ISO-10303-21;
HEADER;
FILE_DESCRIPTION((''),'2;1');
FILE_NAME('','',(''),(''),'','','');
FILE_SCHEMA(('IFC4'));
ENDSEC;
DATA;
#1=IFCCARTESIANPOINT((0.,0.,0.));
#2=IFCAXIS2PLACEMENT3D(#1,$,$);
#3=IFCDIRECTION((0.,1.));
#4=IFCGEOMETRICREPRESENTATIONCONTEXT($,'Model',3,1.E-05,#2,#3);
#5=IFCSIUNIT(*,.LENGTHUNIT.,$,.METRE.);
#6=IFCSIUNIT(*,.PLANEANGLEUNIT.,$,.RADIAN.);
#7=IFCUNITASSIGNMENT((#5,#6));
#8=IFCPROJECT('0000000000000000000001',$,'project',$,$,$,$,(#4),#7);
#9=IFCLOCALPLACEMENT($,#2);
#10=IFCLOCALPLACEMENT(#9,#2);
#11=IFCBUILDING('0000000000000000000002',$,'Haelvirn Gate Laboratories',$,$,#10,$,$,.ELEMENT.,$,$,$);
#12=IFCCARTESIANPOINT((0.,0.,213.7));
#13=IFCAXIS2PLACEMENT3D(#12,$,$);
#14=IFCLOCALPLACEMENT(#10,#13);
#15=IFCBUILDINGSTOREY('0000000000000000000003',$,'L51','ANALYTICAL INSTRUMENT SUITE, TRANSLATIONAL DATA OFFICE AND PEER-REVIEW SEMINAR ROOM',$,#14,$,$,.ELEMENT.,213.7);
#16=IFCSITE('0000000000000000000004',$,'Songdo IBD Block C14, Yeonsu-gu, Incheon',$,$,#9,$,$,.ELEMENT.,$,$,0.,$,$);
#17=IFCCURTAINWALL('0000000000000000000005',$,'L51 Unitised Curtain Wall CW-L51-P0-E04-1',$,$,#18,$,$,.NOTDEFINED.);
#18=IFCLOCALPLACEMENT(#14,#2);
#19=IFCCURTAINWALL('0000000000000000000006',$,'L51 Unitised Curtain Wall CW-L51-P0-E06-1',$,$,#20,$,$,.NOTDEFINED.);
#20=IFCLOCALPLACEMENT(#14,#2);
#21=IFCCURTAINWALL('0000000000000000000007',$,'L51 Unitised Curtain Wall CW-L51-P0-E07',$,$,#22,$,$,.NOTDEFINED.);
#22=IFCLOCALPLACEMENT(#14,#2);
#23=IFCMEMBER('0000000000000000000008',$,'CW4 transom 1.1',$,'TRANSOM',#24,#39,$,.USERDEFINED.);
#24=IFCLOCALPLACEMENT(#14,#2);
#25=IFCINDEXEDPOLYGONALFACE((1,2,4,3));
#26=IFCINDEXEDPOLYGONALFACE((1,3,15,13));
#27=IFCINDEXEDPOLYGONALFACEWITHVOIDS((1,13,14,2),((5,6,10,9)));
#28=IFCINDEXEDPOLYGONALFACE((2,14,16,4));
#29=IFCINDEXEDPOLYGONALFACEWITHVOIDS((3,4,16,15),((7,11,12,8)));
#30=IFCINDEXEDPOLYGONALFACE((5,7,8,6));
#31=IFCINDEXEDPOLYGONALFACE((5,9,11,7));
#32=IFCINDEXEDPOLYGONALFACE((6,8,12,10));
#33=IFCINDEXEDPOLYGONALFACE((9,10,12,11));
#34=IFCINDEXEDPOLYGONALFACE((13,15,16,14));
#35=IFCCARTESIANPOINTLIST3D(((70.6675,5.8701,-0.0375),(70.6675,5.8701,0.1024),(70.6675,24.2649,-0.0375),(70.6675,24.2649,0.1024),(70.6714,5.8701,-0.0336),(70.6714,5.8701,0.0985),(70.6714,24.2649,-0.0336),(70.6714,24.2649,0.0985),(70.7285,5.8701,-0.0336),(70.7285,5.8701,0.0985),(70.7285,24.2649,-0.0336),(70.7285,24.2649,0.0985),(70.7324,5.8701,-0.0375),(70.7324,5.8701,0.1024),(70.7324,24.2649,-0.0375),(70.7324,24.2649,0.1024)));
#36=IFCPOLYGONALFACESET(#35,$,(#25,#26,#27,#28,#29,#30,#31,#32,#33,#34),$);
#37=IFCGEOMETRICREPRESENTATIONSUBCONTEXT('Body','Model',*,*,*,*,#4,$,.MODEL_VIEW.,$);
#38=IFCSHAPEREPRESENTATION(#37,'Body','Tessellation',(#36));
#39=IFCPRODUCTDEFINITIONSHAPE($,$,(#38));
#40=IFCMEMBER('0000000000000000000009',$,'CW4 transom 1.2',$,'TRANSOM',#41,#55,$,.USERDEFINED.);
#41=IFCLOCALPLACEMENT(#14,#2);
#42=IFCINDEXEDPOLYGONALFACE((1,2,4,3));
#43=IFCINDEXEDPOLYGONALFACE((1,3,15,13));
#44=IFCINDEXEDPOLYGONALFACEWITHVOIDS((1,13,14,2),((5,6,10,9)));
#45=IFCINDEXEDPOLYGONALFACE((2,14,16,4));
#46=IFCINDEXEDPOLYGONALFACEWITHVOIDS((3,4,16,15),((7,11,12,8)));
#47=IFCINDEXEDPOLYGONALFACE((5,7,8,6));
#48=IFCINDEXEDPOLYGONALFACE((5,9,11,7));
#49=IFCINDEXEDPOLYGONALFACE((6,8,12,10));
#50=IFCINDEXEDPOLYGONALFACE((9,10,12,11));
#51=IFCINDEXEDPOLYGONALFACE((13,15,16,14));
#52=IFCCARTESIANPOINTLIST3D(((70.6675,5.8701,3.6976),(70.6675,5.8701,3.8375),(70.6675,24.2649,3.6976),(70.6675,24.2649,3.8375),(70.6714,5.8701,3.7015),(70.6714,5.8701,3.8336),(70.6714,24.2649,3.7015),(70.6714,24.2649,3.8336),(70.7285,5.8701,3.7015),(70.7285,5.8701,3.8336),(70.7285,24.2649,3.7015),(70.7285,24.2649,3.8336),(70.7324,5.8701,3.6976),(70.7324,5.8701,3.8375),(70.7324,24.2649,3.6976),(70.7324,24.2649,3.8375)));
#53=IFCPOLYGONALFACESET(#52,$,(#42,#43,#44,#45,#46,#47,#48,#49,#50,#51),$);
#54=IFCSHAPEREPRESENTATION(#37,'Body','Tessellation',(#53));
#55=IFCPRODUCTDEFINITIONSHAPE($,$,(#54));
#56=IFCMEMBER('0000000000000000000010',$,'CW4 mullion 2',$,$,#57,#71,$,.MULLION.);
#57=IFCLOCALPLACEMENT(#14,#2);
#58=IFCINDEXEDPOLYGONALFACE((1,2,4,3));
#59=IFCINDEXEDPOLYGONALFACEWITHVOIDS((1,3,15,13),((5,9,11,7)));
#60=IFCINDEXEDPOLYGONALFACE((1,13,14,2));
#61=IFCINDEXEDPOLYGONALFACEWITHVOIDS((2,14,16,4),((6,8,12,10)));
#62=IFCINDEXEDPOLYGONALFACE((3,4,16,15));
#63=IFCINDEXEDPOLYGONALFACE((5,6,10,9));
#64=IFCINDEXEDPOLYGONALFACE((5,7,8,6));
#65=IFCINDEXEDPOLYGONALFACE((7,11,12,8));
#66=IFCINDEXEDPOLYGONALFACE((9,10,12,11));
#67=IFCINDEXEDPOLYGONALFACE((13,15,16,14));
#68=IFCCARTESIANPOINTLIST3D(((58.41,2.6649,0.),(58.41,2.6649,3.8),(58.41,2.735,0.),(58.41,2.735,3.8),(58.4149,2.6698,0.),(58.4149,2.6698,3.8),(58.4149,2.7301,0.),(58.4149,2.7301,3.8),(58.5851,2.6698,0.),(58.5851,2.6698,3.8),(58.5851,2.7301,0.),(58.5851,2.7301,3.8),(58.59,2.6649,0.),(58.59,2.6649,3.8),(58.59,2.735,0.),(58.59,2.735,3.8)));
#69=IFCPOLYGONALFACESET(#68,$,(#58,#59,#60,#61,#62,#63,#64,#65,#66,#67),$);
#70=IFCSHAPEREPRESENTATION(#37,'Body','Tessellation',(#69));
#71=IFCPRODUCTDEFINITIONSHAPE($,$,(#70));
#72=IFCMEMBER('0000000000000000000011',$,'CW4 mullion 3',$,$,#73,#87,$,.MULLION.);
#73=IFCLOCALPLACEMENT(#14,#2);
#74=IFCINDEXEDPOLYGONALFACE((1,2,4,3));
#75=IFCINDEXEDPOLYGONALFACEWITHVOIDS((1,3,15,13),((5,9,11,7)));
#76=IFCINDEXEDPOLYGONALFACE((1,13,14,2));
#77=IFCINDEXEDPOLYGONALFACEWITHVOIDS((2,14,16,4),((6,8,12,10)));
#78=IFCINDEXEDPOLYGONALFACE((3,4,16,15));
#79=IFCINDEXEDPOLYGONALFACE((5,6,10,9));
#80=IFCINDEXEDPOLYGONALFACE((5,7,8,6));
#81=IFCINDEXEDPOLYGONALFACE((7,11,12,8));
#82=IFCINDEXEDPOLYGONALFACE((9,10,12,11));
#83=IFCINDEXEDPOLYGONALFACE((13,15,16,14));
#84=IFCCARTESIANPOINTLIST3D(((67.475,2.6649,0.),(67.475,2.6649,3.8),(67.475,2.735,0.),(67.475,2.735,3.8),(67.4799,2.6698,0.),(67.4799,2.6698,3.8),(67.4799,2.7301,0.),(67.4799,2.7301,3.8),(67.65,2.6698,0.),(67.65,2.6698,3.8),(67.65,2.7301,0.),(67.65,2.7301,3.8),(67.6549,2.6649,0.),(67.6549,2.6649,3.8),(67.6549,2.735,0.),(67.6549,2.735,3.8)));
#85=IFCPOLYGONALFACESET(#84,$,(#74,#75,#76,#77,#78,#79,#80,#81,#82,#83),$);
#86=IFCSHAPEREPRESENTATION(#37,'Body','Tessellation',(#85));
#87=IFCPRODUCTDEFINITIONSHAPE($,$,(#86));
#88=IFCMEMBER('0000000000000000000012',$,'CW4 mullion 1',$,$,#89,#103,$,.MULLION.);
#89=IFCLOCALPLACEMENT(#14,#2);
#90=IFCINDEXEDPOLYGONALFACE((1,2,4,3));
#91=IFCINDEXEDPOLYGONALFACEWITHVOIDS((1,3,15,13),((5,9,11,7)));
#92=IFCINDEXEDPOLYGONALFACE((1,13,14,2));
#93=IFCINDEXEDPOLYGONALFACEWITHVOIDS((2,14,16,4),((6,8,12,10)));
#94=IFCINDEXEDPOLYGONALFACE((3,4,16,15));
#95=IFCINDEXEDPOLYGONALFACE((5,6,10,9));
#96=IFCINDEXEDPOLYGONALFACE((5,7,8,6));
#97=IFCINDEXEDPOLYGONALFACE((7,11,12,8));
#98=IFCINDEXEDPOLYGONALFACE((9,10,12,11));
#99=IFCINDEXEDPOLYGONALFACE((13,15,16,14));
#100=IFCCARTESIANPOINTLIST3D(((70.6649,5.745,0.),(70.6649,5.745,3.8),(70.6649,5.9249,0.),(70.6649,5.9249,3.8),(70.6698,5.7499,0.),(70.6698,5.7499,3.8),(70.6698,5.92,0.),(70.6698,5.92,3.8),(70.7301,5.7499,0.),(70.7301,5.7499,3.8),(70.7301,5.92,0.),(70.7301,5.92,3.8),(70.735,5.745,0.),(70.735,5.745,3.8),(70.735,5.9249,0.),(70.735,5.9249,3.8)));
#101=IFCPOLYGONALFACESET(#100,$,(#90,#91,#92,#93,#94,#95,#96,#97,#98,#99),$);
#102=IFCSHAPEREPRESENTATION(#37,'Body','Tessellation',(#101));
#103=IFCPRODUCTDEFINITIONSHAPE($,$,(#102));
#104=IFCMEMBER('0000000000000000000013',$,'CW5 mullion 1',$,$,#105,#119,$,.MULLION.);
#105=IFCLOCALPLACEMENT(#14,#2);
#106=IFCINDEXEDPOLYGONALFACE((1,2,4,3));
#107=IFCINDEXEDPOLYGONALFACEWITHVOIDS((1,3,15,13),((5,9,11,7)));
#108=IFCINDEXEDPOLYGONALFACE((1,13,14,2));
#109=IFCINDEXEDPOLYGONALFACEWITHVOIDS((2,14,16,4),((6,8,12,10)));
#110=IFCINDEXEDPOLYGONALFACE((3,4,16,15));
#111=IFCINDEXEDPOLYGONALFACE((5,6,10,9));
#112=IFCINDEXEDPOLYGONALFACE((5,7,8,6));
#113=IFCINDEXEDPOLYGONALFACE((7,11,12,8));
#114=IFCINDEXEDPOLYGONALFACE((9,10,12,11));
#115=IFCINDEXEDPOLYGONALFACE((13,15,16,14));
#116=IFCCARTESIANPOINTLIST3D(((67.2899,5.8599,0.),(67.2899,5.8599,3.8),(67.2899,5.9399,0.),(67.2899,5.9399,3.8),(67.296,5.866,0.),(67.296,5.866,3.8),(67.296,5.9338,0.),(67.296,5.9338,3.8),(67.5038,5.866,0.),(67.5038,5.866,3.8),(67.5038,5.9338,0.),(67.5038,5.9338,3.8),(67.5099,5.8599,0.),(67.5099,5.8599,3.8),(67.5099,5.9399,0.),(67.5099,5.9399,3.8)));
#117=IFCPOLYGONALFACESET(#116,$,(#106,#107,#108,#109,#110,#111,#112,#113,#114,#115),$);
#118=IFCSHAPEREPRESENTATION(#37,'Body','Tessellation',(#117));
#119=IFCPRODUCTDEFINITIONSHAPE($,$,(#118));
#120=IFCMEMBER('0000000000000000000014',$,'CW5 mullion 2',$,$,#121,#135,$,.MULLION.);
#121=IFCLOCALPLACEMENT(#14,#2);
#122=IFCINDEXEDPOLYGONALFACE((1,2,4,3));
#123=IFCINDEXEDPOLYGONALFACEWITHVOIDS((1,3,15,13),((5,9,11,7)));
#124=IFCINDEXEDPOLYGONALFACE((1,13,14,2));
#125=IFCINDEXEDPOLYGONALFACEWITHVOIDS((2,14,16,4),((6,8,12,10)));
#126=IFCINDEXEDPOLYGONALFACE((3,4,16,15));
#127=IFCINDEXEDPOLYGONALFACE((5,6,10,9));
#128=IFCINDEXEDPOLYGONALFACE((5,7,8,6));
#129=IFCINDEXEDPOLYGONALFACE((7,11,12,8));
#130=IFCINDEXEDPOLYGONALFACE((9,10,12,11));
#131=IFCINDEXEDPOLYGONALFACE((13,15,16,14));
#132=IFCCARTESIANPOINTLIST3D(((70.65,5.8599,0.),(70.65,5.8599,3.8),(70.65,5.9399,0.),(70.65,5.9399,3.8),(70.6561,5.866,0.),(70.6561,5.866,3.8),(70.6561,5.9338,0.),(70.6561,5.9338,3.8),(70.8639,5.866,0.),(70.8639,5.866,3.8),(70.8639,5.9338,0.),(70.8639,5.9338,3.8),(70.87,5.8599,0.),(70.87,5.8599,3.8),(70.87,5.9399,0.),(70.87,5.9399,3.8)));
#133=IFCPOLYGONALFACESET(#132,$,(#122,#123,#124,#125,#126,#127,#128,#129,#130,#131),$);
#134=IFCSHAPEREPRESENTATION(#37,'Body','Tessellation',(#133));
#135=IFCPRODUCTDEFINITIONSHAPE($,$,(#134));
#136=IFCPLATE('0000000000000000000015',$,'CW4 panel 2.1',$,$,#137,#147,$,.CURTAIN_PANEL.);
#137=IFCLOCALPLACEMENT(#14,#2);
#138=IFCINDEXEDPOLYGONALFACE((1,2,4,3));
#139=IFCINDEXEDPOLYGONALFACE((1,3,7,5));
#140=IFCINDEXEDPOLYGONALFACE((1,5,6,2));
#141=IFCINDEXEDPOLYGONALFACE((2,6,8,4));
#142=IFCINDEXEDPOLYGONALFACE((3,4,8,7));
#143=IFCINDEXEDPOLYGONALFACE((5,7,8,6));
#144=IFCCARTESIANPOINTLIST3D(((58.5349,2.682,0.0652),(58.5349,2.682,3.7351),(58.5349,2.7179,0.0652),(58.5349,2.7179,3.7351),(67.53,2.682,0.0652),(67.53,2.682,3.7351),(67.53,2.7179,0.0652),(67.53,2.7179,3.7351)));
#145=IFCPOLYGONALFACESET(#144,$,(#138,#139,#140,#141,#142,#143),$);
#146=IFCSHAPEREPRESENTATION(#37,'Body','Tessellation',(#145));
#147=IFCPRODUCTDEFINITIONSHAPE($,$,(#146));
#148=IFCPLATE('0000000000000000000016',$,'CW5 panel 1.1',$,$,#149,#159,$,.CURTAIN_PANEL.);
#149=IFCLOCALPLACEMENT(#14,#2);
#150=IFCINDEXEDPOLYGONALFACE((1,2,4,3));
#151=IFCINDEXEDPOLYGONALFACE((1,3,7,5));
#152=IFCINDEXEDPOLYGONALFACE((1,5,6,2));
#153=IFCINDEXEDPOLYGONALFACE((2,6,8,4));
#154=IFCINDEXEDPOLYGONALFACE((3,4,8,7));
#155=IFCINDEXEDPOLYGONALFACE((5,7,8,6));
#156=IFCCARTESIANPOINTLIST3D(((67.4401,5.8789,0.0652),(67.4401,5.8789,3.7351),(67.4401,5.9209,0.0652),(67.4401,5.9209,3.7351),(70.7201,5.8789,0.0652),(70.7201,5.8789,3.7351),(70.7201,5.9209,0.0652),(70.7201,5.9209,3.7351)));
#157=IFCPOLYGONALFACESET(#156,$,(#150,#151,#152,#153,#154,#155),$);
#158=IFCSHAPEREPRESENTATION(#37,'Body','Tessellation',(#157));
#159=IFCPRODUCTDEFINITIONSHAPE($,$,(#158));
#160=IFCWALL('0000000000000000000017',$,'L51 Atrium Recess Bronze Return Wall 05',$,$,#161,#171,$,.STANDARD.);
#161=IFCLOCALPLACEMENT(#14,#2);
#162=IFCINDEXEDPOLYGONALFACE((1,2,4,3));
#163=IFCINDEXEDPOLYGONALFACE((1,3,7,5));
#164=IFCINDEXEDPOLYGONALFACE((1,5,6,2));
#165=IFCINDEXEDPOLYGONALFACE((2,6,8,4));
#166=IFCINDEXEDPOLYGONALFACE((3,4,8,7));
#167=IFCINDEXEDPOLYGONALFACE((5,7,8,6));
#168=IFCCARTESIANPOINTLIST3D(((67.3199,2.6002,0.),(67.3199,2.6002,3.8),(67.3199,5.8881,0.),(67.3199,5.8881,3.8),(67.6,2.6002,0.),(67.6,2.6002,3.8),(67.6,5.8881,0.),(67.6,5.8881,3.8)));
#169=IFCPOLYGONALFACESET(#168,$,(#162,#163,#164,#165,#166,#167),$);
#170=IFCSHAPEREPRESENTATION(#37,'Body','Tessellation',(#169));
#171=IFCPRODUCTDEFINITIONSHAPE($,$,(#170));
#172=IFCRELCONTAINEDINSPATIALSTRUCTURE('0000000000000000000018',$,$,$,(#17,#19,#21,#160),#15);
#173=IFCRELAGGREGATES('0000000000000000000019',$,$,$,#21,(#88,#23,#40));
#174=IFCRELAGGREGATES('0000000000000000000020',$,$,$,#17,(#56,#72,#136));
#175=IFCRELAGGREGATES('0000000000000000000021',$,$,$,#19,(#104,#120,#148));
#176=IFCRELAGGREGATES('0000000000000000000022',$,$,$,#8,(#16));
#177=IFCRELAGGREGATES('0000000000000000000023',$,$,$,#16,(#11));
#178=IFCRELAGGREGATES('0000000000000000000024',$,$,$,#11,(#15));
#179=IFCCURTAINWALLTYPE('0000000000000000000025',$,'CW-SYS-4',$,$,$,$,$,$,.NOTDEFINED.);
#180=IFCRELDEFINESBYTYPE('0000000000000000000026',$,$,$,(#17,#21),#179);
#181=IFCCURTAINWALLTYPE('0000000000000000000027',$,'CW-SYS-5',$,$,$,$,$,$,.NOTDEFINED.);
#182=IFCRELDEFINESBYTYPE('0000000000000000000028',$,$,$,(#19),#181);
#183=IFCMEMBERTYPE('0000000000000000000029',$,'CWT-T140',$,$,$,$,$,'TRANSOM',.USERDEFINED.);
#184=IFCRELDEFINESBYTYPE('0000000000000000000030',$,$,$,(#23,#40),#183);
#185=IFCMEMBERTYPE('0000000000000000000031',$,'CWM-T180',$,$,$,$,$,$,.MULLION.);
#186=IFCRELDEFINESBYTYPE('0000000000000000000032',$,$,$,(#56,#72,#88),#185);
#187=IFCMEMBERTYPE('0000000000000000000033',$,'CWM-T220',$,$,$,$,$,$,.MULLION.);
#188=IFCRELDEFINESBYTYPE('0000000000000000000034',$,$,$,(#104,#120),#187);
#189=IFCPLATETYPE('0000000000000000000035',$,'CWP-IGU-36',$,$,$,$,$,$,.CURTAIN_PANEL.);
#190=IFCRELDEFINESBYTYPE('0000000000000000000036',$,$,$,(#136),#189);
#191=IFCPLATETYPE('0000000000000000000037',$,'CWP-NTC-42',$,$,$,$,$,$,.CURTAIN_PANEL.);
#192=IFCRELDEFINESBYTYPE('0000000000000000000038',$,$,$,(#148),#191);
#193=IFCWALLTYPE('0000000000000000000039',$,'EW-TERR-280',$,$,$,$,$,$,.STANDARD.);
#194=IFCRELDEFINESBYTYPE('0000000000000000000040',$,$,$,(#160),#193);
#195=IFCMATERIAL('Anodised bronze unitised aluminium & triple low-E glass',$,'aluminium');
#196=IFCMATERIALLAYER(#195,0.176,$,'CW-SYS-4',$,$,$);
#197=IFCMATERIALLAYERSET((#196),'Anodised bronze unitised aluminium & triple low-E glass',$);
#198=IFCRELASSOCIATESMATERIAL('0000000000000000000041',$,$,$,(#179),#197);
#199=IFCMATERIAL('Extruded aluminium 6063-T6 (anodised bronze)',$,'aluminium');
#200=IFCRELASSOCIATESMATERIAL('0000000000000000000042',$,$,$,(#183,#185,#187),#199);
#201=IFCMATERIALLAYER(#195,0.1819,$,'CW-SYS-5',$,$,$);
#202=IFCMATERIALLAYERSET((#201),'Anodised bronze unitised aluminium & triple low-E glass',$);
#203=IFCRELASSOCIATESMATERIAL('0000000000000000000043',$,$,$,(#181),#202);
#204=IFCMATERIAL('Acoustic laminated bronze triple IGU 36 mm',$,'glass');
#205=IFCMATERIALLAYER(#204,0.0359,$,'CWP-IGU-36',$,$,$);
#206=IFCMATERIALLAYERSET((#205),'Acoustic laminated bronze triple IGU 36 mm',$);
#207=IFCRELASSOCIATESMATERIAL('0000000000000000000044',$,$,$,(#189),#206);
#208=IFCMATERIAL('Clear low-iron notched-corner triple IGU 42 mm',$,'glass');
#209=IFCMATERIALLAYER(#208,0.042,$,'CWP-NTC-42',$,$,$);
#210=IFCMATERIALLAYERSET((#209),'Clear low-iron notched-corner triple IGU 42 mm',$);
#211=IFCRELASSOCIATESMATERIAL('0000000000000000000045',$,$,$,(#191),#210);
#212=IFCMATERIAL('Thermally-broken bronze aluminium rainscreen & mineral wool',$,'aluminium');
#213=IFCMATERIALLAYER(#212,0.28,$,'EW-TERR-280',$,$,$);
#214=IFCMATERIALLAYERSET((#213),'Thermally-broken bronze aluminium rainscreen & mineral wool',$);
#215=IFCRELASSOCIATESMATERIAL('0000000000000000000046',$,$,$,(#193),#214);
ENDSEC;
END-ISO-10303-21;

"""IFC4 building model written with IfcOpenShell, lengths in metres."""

from ifc_helpers import new_model, si_unit, direction, frame, frame_2d, origin, origin_2d, place, context, subcontext, project, spatial, rectangle, hollow_rectangle, extrude, source, transform, mapped, material, layer, layer_set, material_profile, profile_set, type_object, type_shapes, element, aggregate, save


model = new_model("IFC4")

# Units and contexts
model_context = context("Model", 3, precision=1e-05, world=origin(), true_north=direction((0.0, 1.0)))
body_context = subcontext(model_context, "Body", "Model", "MODEL_VIEW")
ifc_project = project(units=[si_unit("LENGTHUNIT", "METRE"), si_unit("PLANEANGLEUNIT", "RADIAN")], contexts=[model_context])

# Site, building, storey
site_placement = place(None, origin())
site = spatial("IfcSite", under=ifc_project, at=site_placement, Name="Songdo IBD Block C14, Yeonsu-gu, Incheon", CompositionType="ELEMENT", RefElevation=0.0)
building_placement = place(site_placement, origin())
building = spatial("IfcBuilding", under=site, at=building_placement, Name="Haelvirn Gate Laboratories", CompositionType="ELEMENT")
storey_placement = place(building_placement, frame((0.0, 0.0, 213.7)))
storey = spatial("IfcBuildingStorey", under=building, at=storey_placement, Name="L51", Description="ANALYTICAL INSTRUMENT SUITE, TRANSLATIONAL DATA OFFICE AND PEER-REVIEW SEMINAR ROOM", CompositionType="ELEMENT", Elevation=213.7)

# Curtain walls, members
ifc_material_1 = material(Name="Anodised bronze unitised aluminium & triple low-E glass", Category="aluminium")
ifc_layer_1 = layer(ifc_material_1, 0.176, Name="CW-SYS-4")
ifc_layer_set_1 = layer_set([ifc_layer_1], Name="Anodised bronze unitised aluminium & triple low-E glass")
curtain_wall_type_1 = type_object("IfcCurtainWallType", Name="CW-SYS-4", PredefinedType="NOTDEFINED", material=ifc_layer_set_1)
curtain_wall_1_placement = place(storey_placement, origin())
curtain_wall_1 = element("IfcCurtainWall", 1, at=curtain_wall_1_placement, inside=storey, type_object=curtain_wall_type_1, Name="L51 Unitised Curtain Wall CW-L51-P0-E04-1", PredefinedType="NOTDEFINED")
ifc_material_2 = material(Name="Extruded aluminium 6063-T6 (anodised bronze)", Category="aluminium")
ifc_material_profile_1 = material_profile(ifc_material_2, hollow_rectangle(XDim=0.0649, YDim=0.1399, WallThickness=0.0039, at=origin_2d()), Name="CWT-140x65x4")
ifc_profile_set_1 = profile_set([ifc_material_profile_1], Name="Extruded aluminium 6063-T6 (anodised bronze)")
member_type_1 = type_object("IfcMemberType", Name="CWT-T140", ElementType="TRANSOM", PredefinedType="USERDEFINED", material=ifc_profile_set_1)
ifc_layer_2 = layer(ifc_material_1, 0.1819, Name="CW-SYS-5")
ifc_layer_set_2 = layer_set([ifc_layer_2], Name="Anodised bronze unitised aluminium & triple low-E glass")
curtain_wall_type_2 = type_object("IfcCurtainWallType", Name="CW-SYS-5", PredefinedType="NOTDEFINED", material=ifc_layer_set_2)
curtain_wall_2_placement = place(storey_placement, origin())
curtain_wall_2 = element("IfcCurtainWall", 2, at=curtain_wall_2_placement, inside=storey, type_object=curtain_wall_type_2, Name="L51 Unitised Curtain Wall CW-L51-P0-E06-1", PredefinedType="NOTDEFINED")
curtain_wall_3_placement = place(storey_placement, origin())
curtain_wall_3 = element("IfcCurtainWall", 3, at=curtain_wall_3_placement, inside=storey, type_object=curtain_wall_type_1, Name="L51 Unitised Curtain Wall CW-L51-P0-E07", PredefinedType="NOTDEFINED")
shared_shape_1 = source(origin(), body_context, "Body", "SweptSolid", [
    extrude(hollow_rectangle(XDim=0.0649, YDim=0.1399, WallThickness=0.0039, at=origin_2d()), origin(), (0.0, 0.0, 1.0), 18.3948),
])
member_1_placement = place(storey_placement, frame((70.7, 5.8701, 0.0325), z_axis=(0.0, 1.0, 0.0), x_axis=(-1.0, 0.0, 0.0)))
member_1 = element("IfcMember", 4, at=member_1_placement, type_object=member_type_1, Name="CW4 transom 1.1", ObjectType="TRANSOM", PredefinedType="USERDEFINED", context=body_context, shape_type="MappedRepresentation", body=[
    mapped(shared_shape_1, transform((0.0, 0.0, 0.0), scale=1.0)),
])
member_2_placement = place(storey_placement, frame((70.7, 5.8701, 3.7676), z_axis=(0.0, 1.0, 0.0), x_axis=(-1.0, 0.0, 0.0)))
member_2 = element("IfcMember", 5, at=member_2_placement, type_object=member_type_1, Name="CW4 transom 1.2", ObjectType="TRANSOM", PredefinedType="USERDEFINED", context=body_context, shape_type="MappedRepresentation", body=[
    mapped(shared_shape_1, transform((0.0, 0.0, 0.0), scale=1.0)),
])

# Members
ifc_material_profile_2 = material_profile(ifc_material_2, hollow_rectangle(XDim=0.0701, YDim=0.1799, WallThickness=0.0049, at=origin_2d()), Name="CWM-180x70x5")
ifc_profile_set_2 = profile_set([ifc_material_profile_2], Name="Extruded aluminium 6063-T6 (anodised bronze)")
member_type_2 = type_object("IfcMemberType", Name="CWM-T180", PredefinedType="MULLION", material=ifc_profile_set_2)
shared_shape_2 = source(origin(), body_context, "Body", "SweptSolid", [
    extrude(hollow_rectangle(XDim=0.0701, YDim=0.1799, WallThickness=0.0049, at=origin_2d()), origin(), (0.0, 0.0, 1.0), 3.8),
])
type_shapes(member_type_2, [shared_shape_2])
member_3_placement = place(storey_placement, frame((58.5, 2.7, 0.0), z_axis=(0.0, 0.0, 1.0), x_axis=(0.0, 1.0, 0.0)))
member_3 = element("IfcMember", 6, at=member_3_placement, type_object=member_type_2, Name="CW4 mullion 2", PredefinedType="MULLION", context=body_context, shape_type="MappedRepresentation", body=[
    mapped(shared_shape_2, transform((0.0, 0.0, 0.0), scale=1.0)),
])
member_4_placement = place(storey_placement, frame((67.5649, 2.7, 0.0), z_axis=(0.0, 0.0, 1.0), x_axis=(0.0, 1.0, 0.0)))
member_4 = element("IfcMember", 7, at=member_4_placement, type_object=member_type_2, Name="CW4 mullion 3", PredefinedType="MULLION", context=body_context, shape_type="MappedRepresentation", body=[
    mapped(shared_shape_2, transform((0.0, 0.0, 0.0), scale=1.0)),
])
member_5_placement = place(storey_placement, frame((70.7, 5.835, 0.0), z_axis=(0.0, 0.0, 1.0), x_axis=(-1.0, 0.0, 0.0)))
member_5 = element("IfcMember", 8, at=member_5_placement, type_object=member_type_2, Name="CW4 mullion 1", PredefinedType="MULLION", context=body_context, shape_type="MappedRepresentation", body=[
    mapped(shared_shape_2, transform((0.0, 0.0, 0.0), scale=1.0)),
])
aggregate(curtain_wall_3, [member_5, member_1, member_2])
ifc_material_profile_3 = material_profile(ifc_material_2, hollow_rectangle(XDim=0.0801, YDim=0.22, WallThickness=0.0061, at=origin_2d()), Name="CWM-220x80x6")
ifc_profile_set_3 = profile_set([ifc_material_profile_3], Name="Extruded aluminium 6063-T6 (anodised bronze)")
member_type_3 = type_object("IfcMemberType", Name="CWM-T220", PredefinedType="MULLION", material=ifc_profile_set_3)
shared_shape_3 = source(origin(), body_context, "Body", "SweptSolid", [
    extrude(hollow_rectangle(XDim=0.0801, YDim=0.22, WallThickness=0.0061, at=origin_2d()), origin(), (0.0, 0.0, 1.0), 3.8),
])
type_shapes(member_type_3, [shared_shape_3])
member_6_placement = place(storey_placement, frame((67.3999, 5.8999, 0.0), z_axis=(0.0, 0.0, 1.0), x_axis=(0.0, 1.0, 0.0)))
member_6 = element("IfcMember", 9, at=member_6_placement, type_object=member_type_3, Name="CW5 mullion 1", PredefinedType="MULLION", context=body_context, shape_type="MappedRepresentation", body=[
    mapped(shared_shape_3, transform((0.0, 0.0, 0.0), scale=1.0)),
])
member_7_placement = place(storey_placement, frame((70.76, 5.8999, 0.0), z_axis=(0.0, 0.0, 1.0), x_axis=(0.0, 1.0, 0.0)))
member_7 = element("IfcMember", 10, at=member_7_placement, type_object=member_type_3, Name="CW5 mullion 2", PredefinedType="MULLION", context=body_context, shape_type="MappedRepresentation", body=[
    mapped(shared_shape_3, transform((0.0, 0.0, 0.0), scale=1.0)),
])

# Plates
ifc_material_3 = material(Name="Acoustic laminated bronze triple IGU 36 mm", Category="glass")
ifc_layer_3 = layer(ifc_material_3, 0.0359, Name="CWP-IGU-36")
ifc_layer_set_3 = layer_set([ifc_layer_3], Name="Acoustic laminated bronze triple IGU 36 mm")
plate_type_1 = type_object("IfcPlateType", Name="CWP-IGU-36", PredefinedType="CURTAIN_PANEL", material=ifc_layer_set_3)
shared_shape_4 = source(origin(), body_context, "Body", "SweptSolid", [
    extrude(rectangle(XDim=8.9951, YDim=0.0359, at=origin_2d()), origin(), (0.0, 0.0, 1.0), 3.6699),
])
type_shapes(plate_type_1, [shared_shape_4])
plate_1_placement = place(storey_placement, frame((63.0325, 2.7, 0.0652), z_axis=(0.0, 0.0, 1.0), x_axis=(1.0, 0.0, 0.0)))
plate_1 = element("IfcPlate", 11, at=plate_1_placement, type_object=plate_type_1, Name="CW4 panel 2.1", PredefinedType="CURTAIN_PANEL", context=body_context, shape_type="MappedRepresentation", body=[
    mapped(shared_shape_4, transform((0.0, 0.0, 0.0), scale=1.0)),
])
aggregate(curtain_wall_1, [member_3, member_4, plate_1])
ifc_material_4 = material(Name="Clear low-iron notched-corner triple IGU 42 mm", Category="glass")
ifc_layer_4 = layer(ifc_material_4, 0.042, Name="CWP-NTC-42")
ifc_layer_set_4 = layer_set([ifc_layer_4], Name="Clear low-iron notched-corner triple IGU 42 mm")
plate_type_2 = type_object("IfcPlateType", Name="CWP-NTC-42", PredefinedType="CURTAIN_PANEL", material=ifc_layer_set_4)
shared_shape_5 = source(origin(), body_context, "Body", "SweptSolid", [
    extrude(rectangle(XDim=3.28, YDim=0.042, at=origin_2d()), origin(), (0.0, 0.0, 1.0), 3.6699),
])
type_shapes(plate_type_2, [shared_shape_5])
plate_2_placement = place(storey_placement, frame((69.0801, 5.8999, 0.0652), z_axis=(0.0, 0.0, 1.0), x_axis=(1.0, 0.0, 0.0)))
plate_2 = element("IfcPlate", 12, at=plate_2_placement, type_object=plate_type_2, Name="CW5 panel 1.1", PredefinedType="CURTAIN_PANEL", context=body_context, shape_type="MappedRepresentation", body=[
    mapped(shared_shape_5, transform((0.0, 0.0, 0.0), scale=1.0)),
])
aggregate(curtain_wall_2, [member_6, member_7, plate_2])

# Wall
ifc_material_5 = material(Name="Thermally-broken bronze aluminium rainscreen & mineral wool", Category="aluminium")
ifc_layer_5 = layer(ifc_material_5, 0.28, Name="EW-TERR-280")
ifc_layer_set_5 = layer_set([ifc_layer_5], Name="Thermally-broken bronze aluminium rainscreen & mineral wool")
wall_type = type_object("IfcWallType", Name="EW-TERR-280", PredefinedType="STANDARD", material=ifc_layer_set_5)
wall_placement = place(storey_placement, frame((67.46, 2.6001, 0.0), z_axis=(0.0, 0.0, 1.0), x_axis=(0.0, 1.0, 0.0)))
element("IfcWall", 13, at=wall_placement, inside=storey, type_object=wall_type, Name="L51 Atrium Recess Bronze Return Wall 05", PredefinedType="STANDARD", context=body_context, shape_type="SweptSolid", body=[
    extrude(rectangle(XDim=3.2878, YDim=0.28, at=frame_2d((1.644, 0.0))), origin(), (0.0, 0.0, 1.0), 3.8),
])

save(model, "model.ifc")
